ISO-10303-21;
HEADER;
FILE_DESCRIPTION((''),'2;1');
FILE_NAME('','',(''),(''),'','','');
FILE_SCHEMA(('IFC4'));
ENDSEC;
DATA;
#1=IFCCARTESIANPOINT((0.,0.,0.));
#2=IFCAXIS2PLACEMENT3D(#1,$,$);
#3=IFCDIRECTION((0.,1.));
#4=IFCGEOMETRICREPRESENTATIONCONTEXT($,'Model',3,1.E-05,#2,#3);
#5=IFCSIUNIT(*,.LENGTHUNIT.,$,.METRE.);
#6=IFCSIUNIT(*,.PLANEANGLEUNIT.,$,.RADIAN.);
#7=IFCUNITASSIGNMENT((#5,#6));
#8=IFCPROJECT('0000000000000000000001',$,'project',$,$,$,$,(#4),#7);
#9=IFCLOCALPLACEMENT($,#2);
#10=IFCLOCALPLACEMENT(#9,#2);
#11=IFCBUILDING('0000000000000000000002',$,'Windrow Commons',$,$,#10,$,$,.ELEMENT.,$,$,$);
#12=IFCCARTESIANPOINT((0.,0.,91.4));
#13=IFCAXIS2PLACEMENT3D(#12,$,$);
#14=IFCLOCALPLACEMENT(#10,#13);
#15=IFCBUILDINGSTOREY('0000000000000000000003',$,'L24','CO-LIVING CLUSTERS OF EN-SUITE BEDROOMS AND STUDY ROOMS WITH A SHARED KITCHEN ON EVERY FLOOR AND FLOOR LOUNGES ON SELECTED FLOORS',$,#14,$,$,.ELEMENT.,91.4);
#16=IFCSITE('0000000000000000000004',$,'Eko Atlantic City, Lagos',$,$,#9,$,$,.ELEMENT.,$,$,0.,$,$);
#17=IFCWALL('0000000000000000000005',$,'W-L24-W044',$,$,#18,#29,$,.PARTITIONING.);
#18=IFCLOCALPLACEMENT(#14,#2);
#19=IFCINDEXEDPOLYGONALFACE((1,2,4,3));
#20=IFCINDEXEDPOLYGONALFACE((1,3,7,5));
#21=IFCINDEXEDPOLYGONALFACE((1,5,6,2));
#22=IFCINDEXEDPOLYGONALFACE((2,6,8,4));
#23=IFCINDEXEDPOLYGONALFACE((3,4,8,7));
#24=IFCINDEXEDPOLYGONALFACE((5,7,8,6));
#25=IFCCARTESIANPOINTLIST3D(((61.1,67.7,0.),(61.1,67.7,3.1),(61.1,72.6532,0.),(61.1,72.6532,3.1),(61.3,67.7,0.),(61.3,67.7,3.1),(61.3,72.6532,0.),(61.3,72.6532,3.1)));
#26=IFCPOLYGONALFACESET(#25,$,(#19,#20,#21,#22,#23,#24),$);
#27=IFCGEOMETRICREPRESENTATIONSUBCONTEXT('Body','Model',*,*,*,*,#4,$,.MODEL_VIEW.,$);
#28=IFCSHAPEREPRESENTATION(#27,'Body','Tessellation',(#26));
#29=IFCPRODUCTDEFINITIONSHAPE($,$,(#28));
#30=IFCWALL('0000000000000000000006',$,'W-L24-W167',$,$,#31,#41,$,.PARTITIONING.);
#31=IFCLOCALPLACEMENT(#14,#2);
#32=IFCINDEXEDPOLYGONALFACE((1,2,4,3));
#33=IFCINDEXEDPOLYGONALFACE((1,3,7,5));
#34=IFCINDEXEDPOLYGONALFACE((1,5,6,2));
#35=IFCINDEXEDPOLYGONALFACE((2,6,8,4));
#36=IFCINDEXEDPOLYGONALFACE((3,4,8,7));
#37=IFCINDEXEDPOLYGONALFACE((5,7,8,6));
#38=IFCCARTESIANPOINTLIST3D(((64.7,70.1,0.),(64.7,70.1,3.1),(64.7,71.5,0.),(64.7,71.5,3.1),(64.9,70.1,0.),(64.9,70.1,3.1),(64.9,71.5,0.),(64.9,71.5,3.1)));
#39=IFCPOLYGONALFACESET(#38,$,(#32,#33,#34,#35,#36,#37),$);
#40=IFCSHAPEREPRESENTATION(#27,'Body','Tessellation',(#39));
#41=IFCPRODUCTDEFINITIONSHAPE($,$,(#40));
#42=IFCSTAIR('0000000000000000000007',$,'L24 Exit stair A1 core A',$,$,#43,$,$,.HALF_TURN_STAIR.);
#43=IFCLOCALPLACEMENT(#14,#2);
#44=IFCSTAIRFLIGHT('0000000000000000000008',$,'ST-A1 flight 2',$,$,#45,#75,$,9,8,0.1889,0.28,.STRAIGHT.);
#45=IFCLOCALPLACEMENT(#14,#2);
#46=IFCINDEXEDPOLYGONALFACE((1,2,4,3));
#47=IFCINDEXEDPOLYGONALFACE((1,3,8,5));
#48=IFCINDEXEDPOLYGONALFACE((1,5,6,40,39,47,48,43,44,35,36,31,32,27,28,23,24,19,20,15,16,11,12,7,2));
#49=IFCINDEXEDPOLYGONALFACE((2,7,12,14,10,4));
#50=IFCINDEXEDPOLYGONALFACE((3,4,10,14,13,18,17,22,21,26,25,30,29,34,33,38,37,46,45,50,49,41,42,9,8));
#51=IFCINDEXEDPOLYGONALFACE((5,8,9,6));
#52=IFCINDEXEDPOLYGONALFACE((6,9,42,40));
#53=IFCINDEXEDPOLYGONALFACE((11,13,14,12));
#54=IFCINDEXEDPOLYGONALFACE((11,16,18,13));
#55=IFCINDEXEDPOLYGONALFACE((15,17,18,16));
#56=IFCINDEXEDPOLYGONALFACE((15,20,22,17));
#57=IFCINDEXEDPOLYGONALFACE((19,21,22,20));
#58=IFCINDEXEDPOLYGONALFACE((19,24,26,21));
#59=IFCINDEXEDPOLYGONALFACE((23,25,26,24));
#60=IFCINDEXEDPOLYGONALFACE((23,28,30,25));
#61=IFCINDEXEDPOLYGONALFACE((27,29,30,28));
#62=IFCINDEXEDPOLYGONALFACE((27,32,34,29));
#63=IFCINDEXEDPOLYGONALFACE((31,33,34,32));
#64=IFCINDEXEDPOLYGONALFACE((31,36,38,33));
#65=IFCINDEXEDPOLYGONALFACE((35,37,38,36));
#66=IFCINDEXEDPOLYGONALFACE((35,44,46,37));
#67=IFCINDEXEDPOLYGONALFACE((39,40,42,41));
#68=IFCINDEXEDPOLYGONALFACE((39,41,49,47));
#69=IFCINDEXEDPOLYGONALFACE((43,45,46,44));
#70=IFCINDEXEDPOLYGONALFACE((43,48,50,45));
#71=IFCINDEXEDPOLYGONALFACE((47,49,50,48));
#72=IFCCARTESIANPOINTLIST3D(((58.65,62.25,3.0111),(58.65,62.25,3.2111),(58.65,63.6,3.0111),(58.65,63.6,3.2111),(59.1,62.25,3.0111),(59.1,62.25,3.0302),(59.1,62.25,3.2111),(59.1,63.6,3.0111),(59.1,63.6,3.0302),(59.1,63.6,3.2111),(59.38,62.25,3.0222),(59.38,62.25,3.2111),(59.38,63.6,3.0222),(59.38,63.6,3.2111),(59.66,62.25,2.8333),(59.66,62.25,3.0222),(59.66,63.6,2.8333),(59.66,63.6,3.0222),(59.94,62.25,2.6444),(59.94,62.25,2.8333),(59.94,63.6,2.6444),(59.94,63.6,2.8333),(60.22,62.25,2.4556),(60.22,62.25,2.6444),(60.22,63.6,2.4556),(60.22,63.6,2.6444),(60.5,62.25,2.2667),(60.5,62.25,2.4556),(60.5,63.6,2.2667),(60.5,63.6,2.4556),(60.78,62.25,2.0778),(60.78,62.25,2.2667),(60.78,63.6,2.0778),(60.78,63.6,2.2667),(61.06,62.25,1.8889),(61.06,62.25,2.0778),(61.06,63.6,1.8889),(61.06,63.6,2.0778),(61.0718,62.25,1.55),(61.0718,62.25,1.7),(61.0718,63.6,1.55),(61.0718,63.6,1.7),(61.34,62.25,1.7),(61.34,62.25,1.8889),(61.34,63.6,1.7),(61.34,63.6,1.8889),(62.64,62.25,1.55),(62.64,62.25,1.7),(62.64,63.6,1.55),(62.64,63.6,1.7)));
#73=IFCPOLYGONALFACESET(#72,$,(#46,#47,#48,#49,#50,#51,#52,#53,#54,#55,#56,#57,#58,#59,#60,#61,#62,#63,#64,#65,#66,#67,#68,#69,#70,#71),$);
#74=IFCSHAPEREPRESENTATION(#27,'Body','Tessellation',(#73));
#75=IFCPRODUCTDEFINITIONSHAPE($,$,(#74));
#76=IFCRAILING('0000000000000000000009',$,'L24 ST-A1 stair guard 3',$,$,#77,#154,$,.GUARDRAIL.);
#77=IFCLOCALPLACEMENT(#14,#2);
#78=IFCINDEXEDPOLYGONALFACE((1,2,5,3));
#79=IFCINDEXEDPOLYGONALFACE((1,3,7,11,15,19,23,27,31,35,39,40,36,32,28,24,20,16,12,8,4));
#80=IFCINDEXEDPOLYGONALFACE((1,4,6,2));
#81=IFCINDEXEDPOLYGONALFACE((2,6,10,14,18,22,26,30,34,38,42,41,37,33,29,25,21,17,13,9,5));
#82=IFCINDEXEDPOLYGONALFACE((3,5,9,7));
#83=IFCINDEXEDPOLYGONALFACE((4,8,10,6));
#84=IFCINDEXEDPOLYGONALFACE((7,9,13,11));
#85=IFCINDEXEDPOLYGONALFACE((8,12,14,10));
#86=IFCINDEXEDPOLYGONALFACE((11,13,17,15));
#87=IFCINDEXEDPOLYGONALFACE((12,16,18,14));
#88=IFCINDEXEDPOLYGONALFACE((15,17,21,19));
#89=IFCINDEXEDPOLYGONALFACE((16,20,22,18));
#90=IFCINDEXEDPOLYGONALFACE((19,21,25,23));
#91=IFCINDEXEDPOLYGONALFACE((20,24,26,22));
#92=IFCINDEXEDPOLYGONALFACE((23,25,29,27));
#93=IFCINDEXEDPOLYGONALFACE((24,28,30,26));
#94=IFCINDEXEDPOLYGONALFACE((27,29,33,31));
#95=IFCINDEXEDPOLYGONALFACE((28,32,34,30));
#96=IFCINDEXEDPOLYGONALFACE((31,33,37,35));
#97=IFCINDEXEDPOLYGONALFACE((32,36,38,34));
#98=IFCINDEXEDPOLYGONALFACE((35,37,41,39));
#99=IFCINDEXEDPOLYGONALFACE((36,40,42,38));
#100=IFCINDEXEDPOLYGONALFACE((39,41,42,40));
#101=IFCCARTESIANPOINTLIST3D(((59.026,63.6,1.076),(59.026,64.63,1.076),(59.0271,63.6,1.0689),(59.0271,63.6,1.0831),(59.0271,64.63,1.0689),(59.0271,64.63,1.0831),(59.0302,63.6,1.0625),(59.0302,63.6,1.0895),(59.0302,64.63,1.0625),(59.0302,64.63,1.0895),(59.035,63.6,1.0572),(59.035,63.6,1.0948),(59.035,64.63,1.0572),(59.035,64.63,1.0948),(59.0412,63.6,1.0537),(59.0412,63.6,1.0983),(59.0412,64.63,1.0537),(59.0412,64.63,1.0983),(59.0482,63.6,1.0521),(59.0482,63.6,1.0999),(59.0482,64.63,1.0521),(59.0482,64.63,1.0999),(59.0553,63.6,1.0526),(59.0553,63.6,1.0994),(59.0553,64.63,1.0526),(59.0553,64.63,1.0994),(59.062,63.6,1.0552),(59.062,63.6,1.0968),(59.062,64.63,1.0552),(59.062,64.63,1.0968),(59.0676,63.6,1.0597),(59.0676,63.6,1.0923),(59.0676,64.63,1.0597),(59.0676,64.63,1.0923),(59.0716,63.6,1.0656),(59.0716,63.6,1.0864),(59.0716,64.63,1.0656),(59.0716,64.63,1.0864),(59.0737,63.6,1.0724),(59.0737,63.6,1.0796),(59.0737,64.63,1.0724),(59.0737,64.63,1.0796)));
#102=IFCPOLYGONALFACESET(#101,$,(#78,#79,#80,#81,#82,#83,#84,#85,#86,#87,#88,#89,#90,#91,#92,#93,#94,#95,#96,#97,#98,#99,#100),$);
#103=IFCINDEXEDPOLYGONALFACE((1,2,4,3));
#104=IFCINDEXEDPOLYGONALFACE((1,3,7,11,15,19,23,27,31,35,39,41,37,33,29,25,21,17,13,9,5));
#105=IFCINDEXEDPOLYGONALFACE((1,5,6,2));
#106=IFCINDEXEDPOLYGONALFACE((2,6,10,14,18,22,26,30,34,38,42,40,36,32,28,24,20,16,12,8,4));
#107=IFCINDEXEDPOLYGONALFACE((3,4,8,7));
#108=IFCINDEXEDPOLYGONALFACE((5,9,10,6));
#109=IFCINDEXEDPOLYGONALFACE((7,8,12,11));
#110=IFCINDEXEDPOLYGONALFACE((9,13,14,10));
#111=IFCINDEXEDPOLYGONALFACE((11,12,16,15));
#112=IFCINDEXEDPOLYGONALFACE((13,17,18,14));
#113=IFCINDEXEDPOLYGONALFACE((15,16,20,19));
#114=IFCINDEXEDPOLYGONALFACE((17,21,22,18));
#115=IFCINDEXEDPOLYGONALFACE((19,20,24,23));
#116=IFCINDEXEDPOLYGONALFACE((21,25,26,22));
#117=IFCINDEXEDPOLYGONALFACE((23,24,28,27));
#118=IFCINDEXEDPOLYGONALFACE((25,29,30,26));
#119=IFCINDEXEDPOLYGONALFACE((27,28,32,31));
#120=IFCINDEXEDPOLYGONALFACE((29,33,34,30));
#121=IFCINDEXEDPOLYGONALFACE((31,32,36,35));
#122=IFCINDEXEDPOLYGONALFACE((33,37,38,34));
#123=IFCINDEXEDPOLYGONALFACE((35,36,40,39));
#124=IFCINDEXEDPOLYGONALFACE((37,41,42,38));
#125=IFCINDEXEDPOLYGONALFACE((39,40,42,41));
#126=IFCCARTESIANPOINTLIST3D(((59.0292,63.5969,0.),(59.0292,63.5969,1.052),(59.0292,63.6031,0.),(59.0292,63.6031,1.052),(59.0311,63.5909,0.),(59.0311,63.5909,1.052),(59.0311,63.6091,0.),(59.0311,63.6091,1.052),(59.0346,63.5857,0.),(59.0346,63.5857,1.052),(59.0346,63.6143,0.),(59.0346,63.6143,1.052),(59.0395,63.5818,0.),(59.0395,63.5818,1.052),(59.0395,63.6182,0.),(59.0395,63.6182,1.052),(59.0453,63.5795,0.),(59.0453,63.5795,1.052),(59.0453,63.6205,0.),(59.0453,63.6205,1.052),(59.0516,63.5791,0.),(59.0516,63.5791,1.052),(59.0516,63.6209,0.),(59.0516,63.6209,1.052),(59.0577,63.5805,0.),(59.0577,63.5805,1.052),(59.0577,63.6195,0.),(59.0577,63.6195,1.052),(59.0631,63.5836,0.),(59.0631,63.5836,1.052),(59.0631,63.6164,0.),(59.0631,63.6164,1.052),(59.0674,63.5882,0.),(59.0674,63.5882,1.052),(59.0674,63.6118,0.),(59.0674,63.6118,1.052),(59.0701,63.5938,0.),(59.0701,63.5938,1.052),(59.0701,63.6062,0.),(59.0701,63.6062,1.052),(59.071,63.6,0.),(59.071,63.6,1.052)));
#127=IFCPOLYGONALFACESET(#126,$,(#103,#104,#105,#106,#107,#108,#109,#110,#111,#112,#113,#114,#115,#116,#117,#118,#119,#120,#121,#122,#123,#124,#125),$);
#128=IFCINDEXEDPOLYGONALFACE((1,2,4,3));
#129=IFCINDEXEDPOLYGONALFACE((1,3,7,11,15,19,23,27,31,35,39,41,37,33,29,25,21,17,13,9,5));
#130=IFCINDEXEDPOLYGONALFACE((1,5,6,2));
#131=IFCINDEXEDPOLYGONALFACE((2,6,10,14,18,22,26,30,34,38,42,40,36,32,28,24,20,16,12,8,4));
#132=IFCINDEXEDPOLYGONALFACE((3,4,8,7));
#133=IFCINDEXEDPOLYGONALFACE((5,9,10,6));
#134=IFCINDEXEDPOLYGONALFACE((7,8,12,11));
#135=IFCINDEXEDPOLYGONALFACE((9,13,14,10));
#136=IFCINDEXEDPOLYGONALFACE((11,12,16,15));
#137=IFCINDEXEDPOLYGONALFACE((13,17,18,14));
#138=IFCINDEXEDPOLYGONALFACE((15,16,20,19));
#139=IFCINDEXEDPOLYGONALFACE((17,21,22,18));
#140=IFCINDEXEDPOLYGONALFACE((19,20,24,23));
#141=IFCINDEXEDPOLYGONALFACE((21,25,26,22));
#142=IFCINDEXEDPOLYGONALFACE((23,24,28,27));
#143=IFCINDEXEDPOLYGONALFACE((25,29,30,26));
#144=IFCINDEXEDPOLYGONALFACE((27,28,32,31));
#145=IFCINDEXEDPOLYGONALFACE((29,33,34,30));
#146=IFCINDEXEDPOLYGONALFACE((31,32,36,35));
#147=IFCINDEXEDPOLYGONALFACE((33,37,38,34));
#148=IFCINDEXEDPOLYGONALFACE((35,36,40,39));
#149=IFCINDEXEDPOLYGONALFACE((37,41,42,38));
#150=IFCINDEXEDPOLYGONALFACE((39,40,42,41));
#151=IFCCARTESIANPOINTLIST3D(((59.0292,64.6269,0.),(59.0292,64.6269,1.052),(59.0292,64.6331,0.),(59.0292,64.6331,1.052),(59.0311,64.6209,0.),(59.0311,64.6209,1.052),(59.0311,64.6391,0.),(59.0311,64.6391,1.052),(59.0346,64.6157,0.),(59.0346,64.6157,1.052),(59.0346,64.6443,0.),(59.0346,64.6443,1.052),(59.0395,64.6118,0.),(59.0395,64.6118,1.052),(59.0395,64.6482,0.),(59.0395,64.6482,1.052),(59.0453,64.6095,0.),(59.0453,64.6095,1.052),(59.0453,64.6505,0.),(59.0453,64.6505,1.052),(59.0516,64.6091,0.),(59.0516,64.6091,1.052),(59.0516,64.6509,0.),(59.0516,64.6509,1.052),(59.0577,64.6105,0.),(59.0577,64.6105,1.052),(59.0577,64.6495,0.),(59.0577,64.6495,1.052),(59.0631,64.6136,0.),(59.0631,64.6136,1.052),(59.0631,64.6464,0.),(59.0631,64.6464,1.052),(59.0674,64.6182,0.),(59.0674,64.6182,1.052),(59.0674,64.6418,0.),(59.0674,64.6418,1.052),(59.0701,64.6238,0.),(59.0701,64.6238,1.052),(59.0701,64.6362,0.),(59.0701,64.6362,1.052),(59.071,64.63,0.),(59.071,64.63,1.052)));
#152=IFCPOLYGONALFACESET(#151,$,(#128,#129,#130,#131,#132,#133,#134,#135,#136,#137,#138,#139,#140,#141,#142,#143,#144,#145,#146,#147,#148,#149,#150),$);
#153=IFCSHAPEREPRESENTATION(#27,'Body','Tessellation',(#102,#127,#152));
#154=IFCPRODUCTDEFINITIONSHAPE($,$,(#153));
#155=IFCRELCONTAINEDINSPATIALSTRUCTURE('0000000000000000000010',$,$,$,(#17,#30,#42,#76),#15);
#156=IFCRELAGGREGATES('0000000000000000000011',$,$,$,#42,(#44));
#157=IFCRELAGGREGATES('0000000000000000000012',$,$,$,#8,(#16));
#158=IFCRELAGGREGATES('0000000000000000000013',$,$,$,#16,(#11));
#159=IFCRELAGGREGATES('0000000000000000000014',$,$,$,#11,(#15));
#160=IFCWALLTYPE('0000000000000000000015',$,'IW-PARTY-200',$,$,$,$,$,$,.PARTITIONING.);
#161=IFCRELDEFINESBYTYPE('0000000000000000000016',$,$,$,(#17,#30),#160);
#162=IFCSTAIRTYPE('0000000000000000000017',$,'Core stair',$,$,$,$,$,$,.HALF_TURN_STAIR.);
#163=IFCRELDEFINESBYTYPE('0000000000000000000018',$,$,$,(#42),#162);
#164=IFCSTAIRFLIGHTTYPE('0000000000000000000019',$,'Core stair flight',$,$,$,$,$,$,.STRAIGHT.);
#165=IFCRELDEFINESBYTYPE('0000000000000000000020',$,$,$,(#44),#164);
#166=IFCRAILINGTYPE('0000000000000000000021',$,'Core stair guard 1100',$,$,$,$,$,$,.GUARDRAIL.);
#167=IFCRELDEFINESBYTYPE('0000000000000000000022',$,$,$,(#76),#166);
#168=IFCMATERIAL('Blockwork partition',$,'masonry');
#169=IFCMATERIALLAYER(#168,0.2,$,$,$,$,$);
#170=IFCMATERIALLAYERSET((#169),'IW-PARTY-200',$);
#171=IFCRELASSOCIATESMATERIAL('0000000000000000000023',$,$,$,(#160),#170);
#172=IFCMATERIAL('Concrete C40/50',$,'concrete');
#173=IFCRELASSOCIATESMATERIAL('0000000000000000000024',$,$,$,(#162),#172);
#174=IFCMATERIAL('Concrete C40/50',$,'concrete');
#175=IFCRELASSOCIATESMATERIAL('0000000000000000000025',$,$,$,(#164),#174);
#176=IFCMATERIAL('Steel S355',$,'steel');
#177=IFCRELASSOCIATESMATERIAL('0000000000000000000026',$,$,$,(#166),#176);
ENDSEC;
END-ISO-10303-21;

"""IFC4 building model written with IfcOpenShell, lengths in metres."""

from ifc_helpers import new_model, si_unit, direction, frame, frame_2d, origin, origin_2d, place, context, subcontext, project, spatial, polyline, rectangle, circle, outline, extrude, material, layer, layer_set, type_object, element, aggregate, save


model = new_model("IFC4")

# Units and contexts
model_context = context("Model", 3, precision=1e-05, world=origin(), true_north=direction((0.0, 1.0)))
body_context = subcontext(model_context, "Body", "Model", "MODEL_VIEW")
ifc_project = project(units=[si_unit("LENGTHUNIT", "METRE"), si_unit("PLANEANGLEUNIT", "RADIAN")], contexts=[model_context])

# Site, building, storey
site_placement = place(None, origin())
site = spatial("IfcSite", under=ifc_project, at=site_placement, Name="Eko Atlantic City, Lagos", CompositionType="ELEMENT", RefElevation=0.0)
building_placement = place(site_placement, origin())
building = spatial("IfcBuilding", under=site, at=building_placement, Name="Windrow Commons", CompositionType="ELEMENT")
storey_placement = place(building_placement, frame((0.0, 0.0, 91.4)))
storey = spatial("IfcBuildingStorey", under=building, at=storey_placement, Name="L24", Description="CO-LIVING CLUSTERS OF EN-SUITE BEDROOMS AND STUDY ROOMS WITH A SHARED KITCHEN ON EVERY FLOOR AND FLOOR LOUNGES ON SELECTED FLOORS", CompositionType="ELEMENT", Elevation=91.4)

# Walls
ifc_material_1 = material(Name="Blockwork partition", Category="masonry")
ifc_layer_1 = layer(ifc_material_1, 0.2)
ifc_layer_set_1 = layer_set([ifc_layer_1], Name="IW-PARTY-200")
wall_type_1 = type_object("IfcWallType", Name="IW-PARTY-200", PredefinedType="PARTITIONING", material=ifc_layer_set_1)
wall_1_placement = place(storey_placement, frame((61.2, 67.7, 0.0), z_axis=(0.0, 0.0, 1.0), x_axis=(0.0, 1.0, 0.0)))
element("IfcWall", 1, at=wall_1_placement, inside=storey, type_object=wall_type_1, Name="W-L24-W044", PredefinedType="PARTITIONING", context=body_context, shape_type="SweptSolid", body=[
    extrude(rectangle(XDim=4.9533, YDim=0.2, at=frame_2d((2.4766, 0.0))), origin(), (0.0, 0.0, 1.0), 3.1),
])
wall_2_placement = place(storey_placement, frame((64.8, 70.1, 0.0), z_axis=(0.0, 0.0, 1.0), x_axis=(0.0, 1.0, 0.0)))
element("IfcWall", 2, at=wall_2_placement, inside=storey, type_object=wall_type_1, Name="W-L24-W167", PredefinedType="PARTITIONING", context=body_context, shape_type="SweptSolid", body=[
    extrude(rectangle(XDim=1.4, YDim=0.2, at=frame_2d((0.7, 0.0))), origin(), (0.0, 0.0, 1.0), 3.1),
])

# Stair, stair flight
ifc_material_2 = material(Name="Concrete C40/50", Category="concrete")
stair_type = type_object("IfcStairType", Name="Core stair", PredefinedType="HALF_TURN_STAIR", material=ifc_material_2)
stair_placement = place(storey_placement, origin())
stair = element("IfcStair", 3, at=stair_placement, inside=storey, type_object=stair_type, Name="L24 Exit stair A1 core A", PredefinedType="HALF_TURN_STAIR")
ifc_material_3 = material(Name="Concrete C40/50", Category="concrete")
stair_flight_type = type_object("IfcStairFlightType", Name="Core stair flight", PredefinedType="STRAIGHT", material=ifc_material_3)
stair_flight_placement = place(storey_placement, frame((61.34, 62.925, 1.7), z_axis=(0.0, 0.0, 1.0), x_axis=(-1.0, 0.0, 0.0)))
stair_flight = element("IfcStairFlight", 4, at=stair_flight_placement, type_object=stair_flight_type, Name="ST-A1 flight 2", NumberOfRisers=9, NumberOfTreads=8, PredefinedType="STRAIGHT", RiserHeight=0.1889, TreadLength=0.28, context=body_context, shape_type="SweptSolid", body=[
    extrude(outline(polyline([(-1.3, -0.15), (-1.3, 0.0), (0.0, 0.0), (0.0, 0.1889), (0.28, 0.1889), (0.28, 0.3778), (0.56, 0.3778), (0.56, 0.5667), (0.84, 0.5667), (0.84, 0.7556), (1.12, 0.7556), (1.12, 0.9444), (1.4, 0.9444), (1.4, 1.1333), (1.68, 1.1333), (1.68, 1.3222), (1.96, 1.3222), (1.96, 1.5111), (2.24, 1.5111), (2.69, 1.5111), (2.69, 1.3111), (2.24, 1.3111), (2.24, 1.3302), (0.2682, 0.0), (0.2682, -0.15), (-1.3, -0.15)])), frame((0.0, 0.675, 0.0), z_axis=(0.0, -1.0, 0.0), x_axis=(1.0, 0.0, 0.0)), (0.0, 0.0, 1.0), 1.35),
])
aggregate(stair, [stair_flight])

# Railing
ifc_material_4 = material(Name="Steel S355", Category="steel")
railing_type_1 = type_object("IfcRailingType", Name="Core stair guard 1100", PredefinedType="GUARDRAIL", material=ifc_material_4)
for number, where, name in (
    (5, (59.05, 63.6, 0.0), "L24 ST-A1 stair guard 3"),
):
    element("IfcRailing", number, at=place(storey_placement, frame(where)), inside=storey, type_object=railing_type_1, Name=name, PredefinedType="GUARDRAIL", context=body_context, shape_type="SweptSolid", body=[
        extrude(circle(Radius=0.024, at=origin_2d()), frame((0.0, 0.0, 1.076), z_axis=(0.0, 1.0, 0.0), x_axis=(-1.0, 0.0, 0.0)), (0.0, 0.0, 1.0), 1.03),
        extrude(circle(Radius=0.021, at=origin_2d()), origin(), (0.0, 0.0, 1.0), 1.052),
        extrude(circle(Radius=0.021, at=origin_2d()), frame((0.0, 1.03, 0.0)), (0.0, 0.0, 1.0), 1.052),
    ])

save(model, "model.ifc")
